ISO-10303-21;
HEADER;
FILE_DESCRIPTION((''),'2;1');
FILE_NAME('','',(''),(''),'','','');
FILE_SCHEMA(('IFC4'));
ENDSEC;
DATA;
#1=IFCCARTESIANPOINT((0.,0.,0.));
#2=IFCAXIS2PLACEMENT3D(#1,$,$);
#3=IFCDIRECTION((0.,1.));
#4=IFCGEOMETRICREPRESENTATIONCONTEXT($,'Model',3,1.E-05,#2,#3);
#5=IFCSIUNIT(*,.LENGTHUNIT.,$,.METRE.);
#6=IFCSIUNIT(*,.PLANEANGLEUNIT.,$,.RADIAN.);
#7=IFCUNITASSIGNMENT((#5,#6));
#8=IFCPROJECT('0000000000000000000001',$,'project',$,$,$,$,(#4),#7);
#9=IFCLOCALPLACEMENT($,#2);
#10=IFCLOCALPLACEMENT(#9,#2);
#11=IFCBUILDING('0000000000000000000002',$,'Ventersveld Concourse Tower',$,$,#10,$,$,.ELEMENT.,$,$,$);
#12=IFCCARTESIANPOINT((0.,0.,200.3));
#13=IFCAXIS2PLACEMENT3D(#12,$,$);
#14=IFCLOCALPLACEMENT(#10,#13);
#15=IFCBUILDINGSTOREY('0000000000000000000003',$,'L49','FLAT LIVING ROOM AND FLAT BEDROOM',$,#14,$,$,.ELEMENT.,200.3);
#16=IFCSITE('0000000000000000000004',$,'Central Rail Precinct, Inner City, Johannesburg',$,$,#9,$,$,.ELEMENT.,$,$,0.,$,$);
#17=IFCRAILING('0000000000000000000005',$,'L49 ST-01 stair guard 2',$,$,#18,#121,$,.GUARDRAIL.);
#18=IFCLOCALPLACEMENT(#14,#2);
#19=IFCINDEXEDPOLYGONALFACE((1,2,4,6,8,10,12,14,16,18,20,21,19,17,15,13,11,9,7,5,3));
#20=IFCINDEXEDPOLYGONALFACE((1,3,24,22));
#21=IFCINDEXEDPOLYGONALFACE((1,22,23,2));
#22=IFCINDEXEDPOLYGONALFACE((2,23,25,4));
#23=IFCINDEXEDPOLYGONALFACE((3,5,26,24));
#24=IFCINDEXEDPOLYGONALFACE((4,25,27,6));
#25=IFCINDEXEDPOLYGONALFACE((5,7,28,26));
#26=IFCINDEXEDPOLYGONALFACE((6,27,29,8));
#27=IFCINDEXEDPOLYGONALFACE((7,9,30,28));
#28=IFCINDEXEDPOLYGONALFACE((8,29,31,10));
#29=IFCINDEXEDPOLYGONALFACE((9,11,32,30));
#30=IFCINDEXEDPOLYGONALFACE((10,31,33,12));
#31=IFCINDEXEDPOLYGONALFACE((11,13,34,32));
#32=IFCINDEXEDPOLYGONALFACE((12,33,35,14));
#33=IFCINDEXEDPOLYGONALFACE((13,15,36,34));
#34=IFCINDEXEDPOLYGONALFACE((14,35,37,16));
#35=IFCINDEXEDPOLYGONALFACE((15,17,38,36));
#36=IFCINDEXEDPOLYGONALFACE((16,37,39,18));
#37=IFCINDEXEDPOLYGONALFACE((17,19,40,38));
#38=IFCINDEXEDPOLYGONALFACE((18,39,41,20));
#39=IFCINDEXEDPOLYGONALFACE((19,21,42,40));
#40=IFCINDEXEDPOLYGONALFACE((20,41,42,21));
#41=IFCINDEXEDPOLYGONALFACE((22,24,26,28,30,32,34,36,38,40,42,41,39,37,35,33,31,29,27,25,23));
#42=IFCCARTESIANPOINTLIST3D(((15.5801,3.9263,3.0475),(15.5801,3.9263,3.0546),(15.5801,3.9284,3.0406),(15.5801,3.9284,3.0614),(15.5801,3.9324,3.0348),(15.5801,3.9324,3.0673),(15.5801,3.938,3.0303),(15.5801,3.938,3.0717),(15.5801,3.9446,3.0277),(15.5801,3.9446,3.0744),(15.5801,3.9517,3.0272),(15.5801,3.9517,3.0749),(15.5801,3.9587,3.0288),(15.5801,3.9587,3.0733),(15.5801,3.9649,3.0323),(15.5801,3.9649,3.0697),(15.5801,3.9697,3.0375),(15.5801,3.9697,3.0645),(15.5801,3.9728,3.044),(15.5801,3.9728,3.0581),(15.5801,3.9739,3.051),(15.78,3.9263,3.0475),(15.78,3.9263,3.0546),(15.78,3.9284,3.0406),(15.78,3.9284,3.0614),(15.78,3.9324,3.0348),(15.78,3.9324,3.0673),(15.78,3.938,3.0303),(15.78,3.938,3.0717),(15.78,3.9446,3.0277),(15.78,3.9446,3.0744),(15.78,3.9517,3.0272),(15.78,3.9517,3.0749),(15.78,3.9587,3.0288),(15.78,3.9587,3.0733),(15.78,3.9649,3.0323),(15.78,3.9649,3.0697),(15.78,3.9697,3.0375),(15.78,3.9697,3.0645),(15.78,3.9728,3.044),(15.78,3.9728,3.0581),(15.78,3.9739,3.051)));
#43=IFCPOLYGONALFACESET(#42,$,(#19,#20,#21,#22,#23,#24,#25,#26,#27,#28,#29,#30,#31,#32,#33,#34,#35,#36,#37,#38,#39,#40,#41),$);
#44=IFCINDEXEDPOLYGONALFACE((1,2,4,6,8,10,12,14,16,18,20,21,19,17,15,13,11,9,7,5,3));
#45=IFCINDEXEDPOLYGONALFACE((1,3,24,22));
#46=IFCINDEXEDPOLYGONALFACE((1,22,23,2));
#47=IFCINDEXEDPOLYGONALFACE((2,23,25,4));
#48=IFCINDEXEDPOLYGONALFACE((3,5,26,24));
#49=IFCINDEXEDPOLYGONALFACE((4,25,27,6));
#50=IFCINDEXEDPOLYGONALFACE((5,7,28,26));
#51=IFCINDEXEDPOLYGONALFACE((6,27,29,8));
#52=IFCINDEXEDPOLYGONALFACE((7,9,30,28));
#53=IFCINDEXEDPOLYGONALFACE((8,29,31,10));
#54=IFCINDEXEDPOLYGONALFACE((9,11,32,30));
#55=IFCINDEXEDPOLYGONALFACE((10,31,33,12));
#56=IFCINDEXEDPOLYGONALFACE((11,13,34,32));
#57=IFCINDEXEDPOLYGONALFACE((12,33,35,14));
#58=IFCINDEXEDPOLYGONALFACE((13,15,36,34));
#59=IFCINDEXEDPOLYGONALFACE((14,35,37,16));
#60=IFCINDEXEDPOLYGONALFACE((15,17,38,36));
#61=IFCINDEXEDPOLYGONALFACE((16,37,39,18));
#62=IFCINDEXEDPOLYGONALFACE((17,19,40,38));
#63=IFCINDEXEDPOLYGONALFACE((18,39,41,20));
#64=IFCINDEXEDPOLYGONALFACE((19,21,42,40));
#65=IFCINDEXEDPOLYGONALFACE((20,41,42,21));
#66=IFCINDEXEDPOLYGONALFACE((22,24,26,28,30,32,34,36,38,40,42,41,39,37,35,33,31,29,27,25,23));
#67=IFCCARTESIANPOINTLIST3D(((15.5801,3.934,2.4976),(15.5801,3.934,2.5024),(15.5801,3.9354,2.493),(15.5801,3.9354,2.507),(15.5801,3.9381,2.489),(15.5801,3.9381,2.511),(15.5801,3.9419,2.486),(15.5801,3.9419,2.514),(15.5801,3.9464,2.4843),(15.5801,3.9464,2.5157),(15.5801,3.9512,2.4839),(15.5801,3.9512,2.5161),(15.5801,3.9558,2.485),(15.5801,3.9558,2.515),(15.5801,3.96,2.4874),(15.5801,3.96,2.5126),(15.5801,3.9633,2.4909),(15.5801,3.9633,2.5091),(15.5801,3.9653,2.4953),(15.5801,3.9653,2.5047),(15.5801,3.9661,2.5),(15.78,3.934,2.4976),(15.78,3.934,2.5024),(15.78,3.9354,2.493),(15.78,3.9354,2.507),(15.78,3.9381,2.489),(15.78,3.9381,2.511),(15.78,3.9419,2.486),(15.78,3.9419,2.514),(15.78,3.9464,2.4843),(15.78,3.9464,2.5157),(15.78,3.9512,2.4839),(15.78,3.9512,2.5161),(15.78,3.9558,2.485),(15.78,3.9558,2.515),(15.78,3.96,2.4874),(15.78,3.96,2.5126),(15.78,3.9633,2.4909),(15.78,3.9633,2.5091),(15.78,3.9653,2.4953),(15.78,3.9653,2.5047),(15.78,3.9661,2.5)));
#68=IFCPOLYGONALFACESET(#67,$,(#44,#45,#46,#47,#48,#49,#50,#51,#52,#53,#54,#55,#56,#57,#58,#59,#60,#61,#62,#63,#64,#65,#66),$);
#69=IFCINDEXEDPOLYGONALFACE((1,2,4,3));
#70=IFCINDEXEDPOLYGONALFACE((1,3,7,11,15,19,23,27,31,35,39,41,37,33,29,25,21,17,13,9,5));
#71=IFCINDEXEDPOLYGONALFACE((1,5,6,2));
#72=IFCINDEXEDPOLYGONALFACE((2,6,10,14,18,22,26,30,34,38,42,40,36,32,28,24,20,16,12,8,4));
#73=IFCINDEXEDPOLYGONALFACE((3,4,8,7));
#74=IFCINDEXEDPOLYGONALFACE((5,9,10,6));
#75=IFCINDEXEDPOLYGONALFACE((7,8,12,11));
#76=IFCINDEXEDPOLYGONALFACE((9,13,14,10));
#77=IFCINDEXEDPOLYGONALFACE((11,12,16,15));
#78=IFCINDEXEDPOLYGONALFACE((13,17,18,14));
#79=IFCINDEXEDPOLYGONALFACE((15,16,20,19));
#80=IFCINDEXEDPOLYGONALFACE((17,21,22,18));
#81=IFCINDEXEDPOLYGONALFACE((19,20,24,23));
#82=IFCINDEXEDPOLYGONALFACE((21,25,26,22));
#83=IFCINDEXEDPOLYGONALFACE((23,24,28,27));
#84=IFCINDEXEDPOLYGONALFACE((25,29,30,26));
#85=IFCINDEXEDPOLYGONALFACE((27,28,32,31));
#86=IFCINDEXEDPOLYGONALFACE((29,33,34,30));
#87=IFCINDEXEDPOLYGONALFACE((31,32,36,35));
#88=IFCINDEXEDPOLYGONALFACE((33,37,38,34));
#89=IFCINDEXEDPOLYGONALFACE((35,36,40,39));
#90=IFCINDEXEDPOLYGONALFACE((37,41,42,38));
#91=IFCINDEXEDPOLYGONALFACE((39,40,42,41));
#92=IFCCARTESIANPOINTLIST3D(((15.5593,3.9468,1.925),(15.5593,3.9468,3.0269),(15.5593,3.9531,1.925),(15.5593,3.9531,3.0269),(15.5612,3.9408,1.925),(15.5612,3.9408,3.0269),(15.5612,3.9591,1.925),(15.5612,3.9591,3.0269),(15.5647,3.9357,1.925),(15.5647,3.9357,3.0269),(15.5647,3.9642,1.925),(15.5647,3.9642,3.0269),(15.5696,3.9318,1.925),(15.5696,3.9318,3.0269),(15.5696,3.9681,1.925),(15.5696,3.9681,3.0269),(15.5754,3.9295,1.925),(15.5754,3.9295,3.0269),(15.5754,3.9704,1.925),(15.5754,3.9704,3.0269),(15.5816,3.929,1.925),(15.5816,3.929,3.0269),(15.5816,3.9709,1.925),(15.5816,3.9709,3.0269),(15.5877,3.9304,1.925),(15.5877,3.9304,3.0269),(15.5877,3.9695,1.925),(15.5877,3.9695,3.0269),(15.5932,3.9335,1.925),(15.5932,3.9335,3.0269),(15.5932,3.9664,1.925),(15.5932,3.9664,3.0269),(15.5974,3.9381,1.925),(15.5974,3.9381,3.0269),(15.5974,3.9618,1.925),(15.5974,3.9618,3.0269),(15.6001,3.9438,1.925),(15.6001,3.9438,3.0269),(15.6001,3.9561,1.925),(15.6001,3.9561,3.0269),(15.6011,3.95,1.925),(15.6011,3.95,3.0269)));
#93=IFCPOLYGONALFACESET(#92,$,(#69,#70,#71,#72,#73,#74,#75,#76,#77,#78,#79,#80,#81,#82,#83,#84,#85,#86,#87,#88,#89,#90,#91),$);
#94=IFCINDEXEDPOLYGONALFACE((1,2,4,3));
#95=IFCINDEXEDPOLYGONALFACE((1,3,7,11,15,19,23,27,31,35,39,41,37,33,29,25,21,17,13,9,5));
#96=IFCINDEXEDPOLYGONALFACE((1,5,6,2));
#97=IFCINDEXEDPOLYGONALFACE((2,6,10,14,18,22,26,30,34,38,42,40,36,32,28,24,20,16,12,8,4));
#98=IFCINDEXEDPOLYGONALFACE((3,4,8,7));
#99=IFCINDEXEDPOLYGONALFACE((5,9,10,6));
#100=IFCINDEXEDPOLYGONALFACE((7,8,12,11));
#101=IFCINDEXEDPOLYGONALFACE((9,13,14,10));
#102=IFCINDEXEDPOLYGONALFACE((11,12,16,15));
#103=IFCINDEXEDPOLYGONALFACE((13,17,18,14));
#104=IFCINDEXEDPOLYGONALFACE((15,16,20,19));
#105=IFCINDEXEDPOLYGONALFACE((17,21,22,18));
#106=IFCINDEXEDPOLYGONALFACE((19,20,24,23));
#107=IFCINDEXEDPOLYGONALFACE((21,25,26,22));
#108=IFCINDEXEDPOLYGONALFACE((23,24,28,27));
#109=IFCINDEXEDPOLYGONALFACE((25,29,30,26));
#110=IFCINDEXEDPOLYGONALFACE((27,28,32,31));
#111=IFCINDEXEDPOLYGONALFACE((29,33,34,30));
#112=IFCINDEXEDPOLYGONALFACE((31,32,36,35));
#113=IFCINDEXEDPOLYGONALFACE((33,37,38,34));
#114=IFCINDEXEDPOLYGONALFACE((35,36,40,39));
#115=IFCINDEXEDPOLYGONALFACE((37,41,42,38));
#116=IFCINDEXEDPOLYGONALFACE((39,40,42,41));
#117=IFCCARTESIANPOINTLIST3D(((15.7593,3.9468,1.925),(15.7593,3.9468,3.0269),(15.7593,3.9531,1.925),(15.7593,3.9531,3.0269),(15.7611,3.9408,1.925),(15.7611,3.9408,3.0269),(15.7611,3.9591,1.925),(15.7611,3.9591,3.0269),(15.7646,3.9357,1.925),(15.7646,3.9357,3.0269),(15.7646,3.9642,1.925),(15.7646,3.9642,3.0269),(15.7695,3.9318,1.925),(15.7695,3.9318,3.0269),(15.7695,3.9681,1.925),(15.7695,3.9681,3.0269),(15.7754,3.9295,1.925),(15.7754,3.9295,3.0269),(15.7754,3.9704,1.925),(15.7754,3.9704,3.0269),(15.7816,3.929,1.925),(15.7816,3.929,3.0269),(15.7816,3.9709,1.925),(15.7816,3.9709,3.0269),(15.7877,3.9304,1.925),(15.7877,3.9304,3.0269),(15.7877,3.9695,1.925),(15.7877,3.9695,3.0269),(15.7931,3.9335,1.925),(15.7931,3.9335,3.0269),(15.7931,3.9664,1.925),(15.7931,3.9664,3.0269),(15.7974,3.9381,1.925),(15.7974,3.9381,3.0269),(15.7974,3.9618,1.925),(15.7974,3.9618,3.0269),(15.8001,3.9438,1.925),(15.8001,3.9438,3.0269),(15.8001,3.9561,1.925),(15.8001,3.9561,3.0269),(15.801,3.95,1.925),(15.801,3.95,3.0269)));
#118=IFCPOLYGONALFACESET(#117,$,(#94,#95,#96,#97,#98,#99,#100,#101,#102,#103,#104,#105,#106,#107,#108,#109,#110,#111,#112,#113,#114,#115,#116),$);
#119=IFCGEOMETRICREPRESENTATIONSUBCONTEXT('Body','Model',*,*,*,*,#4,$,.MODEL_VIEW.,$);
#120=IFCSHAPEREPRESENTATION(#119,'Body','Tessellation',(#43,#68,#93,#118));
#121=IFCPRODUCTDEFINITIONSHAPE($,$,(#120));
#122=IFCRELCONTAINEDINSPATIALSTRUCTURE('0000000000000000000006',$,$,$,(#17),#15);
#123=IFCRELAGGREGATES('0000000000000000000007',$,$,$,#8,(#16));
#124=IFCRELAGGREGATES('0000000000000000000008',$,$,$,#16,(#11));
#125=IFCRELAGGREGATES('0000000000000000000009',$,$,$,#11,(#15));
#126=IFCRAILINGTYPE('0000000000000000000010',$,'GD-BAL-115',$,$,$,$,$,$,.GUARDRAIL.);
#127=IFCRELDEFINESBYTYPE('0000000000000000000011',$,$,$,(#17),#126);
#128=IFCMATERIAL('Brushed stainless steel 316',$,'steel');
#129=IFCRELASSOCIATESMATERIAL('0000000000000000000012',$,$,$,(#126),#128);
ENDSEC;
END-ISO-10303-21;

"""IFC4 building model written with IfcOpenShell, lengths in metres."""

from ifc_helpers import new_model, si_unit, direction, frame, origin, origin_2d, place, context, subcontext, project, spatial, circle, extrude, material, type_object, element, save


model = new_model("IFC4")

# Units and contexts
model_context = context("Model", 3, precision=1e-05, world=origin(), true_north=direction((0.0, 1.0)))
body_context = subcontext(model_context, "Body", "Model", "MODEL_VIEW")
ifc_project = project(units=[si_unit("LENGTHUNIT", "METRE"), si_unit("PLANEANGLEUNIT", "RADIAN")], contexts=[model_context])

# Site, building, storey
site_placement = place(None, origin())
site = spatial("IfcSite", under=ifc_project, at=site_placement, Name="Central Rail Precinct, Inner City, Johannesburg", CompositionType="ELEMENT", RefElevation=0.0)
building_placement = place(site_placement, origin())
building = spatial("IfcBuilding", under=site, at=building_placement, Name="Ventersveld Concourse Tower", CompositionType="ELEMENT")
storey_placement = place(building_placement, frame((0.0, 0.0, 200.3)))
storey = spatial("IfcBuildingStorey", under=building, at=storey_placement, Name="L49", Description="FLAT LIVING ROOM AND FLAT BEDROOM", CompositionType="ELEMENT", Elevation=200.3)

# Railing
ifc_material_1 = material(Name="Brushed stainless steel 316", Category="steel")
railing_type_1 = type_object("IfcRailingType", Name="GD-BAL-115", PredefinedType="GUARDRAIL", material=ifc_material_1)
railing_1_placement = place(storey_placement, frame((15.5801, 3.95, 1.925)))
element("IfcRailing", 1, at=railing_1_placement, inside=storey, type_object=railing_type_1, Name="L49 ST-01 stair guard 2", PredefinedType="GUARDRAIL", context=body_context, shape_type="SweptSolid", body=[
    extrude(circle(Radius=0.0239, at=origin_2d()), frame((0.0, 0.0, 1.126), z_axis=(1.0, 0.0, 0.0), x_axis=(0.0, 1.0, 0.0)), (0.0, 0.0, 1.0), 0.2),
    extrude(circle(Radius=0.0161, at=origin_2d()), frame((0.0, 0.0, 0.575), z_axis=(1.0, 0.0, 0.0), x_axis=(0.0, 1.0, 0.0)), (0.0, 0.0, 1.0), 0.2),
    extrude(circle(Radius=0.021, at=origin_2d()), origin(), (0.0, 0.0, 1.0), 1.1018),
    extrude(circle(Radius=0.021, at=origin_2d()), frame((0.2, 0.0, 0.0)), (0.0, 0.0, 1.0), 1.1018),
])

save(model, "model.ifc")
